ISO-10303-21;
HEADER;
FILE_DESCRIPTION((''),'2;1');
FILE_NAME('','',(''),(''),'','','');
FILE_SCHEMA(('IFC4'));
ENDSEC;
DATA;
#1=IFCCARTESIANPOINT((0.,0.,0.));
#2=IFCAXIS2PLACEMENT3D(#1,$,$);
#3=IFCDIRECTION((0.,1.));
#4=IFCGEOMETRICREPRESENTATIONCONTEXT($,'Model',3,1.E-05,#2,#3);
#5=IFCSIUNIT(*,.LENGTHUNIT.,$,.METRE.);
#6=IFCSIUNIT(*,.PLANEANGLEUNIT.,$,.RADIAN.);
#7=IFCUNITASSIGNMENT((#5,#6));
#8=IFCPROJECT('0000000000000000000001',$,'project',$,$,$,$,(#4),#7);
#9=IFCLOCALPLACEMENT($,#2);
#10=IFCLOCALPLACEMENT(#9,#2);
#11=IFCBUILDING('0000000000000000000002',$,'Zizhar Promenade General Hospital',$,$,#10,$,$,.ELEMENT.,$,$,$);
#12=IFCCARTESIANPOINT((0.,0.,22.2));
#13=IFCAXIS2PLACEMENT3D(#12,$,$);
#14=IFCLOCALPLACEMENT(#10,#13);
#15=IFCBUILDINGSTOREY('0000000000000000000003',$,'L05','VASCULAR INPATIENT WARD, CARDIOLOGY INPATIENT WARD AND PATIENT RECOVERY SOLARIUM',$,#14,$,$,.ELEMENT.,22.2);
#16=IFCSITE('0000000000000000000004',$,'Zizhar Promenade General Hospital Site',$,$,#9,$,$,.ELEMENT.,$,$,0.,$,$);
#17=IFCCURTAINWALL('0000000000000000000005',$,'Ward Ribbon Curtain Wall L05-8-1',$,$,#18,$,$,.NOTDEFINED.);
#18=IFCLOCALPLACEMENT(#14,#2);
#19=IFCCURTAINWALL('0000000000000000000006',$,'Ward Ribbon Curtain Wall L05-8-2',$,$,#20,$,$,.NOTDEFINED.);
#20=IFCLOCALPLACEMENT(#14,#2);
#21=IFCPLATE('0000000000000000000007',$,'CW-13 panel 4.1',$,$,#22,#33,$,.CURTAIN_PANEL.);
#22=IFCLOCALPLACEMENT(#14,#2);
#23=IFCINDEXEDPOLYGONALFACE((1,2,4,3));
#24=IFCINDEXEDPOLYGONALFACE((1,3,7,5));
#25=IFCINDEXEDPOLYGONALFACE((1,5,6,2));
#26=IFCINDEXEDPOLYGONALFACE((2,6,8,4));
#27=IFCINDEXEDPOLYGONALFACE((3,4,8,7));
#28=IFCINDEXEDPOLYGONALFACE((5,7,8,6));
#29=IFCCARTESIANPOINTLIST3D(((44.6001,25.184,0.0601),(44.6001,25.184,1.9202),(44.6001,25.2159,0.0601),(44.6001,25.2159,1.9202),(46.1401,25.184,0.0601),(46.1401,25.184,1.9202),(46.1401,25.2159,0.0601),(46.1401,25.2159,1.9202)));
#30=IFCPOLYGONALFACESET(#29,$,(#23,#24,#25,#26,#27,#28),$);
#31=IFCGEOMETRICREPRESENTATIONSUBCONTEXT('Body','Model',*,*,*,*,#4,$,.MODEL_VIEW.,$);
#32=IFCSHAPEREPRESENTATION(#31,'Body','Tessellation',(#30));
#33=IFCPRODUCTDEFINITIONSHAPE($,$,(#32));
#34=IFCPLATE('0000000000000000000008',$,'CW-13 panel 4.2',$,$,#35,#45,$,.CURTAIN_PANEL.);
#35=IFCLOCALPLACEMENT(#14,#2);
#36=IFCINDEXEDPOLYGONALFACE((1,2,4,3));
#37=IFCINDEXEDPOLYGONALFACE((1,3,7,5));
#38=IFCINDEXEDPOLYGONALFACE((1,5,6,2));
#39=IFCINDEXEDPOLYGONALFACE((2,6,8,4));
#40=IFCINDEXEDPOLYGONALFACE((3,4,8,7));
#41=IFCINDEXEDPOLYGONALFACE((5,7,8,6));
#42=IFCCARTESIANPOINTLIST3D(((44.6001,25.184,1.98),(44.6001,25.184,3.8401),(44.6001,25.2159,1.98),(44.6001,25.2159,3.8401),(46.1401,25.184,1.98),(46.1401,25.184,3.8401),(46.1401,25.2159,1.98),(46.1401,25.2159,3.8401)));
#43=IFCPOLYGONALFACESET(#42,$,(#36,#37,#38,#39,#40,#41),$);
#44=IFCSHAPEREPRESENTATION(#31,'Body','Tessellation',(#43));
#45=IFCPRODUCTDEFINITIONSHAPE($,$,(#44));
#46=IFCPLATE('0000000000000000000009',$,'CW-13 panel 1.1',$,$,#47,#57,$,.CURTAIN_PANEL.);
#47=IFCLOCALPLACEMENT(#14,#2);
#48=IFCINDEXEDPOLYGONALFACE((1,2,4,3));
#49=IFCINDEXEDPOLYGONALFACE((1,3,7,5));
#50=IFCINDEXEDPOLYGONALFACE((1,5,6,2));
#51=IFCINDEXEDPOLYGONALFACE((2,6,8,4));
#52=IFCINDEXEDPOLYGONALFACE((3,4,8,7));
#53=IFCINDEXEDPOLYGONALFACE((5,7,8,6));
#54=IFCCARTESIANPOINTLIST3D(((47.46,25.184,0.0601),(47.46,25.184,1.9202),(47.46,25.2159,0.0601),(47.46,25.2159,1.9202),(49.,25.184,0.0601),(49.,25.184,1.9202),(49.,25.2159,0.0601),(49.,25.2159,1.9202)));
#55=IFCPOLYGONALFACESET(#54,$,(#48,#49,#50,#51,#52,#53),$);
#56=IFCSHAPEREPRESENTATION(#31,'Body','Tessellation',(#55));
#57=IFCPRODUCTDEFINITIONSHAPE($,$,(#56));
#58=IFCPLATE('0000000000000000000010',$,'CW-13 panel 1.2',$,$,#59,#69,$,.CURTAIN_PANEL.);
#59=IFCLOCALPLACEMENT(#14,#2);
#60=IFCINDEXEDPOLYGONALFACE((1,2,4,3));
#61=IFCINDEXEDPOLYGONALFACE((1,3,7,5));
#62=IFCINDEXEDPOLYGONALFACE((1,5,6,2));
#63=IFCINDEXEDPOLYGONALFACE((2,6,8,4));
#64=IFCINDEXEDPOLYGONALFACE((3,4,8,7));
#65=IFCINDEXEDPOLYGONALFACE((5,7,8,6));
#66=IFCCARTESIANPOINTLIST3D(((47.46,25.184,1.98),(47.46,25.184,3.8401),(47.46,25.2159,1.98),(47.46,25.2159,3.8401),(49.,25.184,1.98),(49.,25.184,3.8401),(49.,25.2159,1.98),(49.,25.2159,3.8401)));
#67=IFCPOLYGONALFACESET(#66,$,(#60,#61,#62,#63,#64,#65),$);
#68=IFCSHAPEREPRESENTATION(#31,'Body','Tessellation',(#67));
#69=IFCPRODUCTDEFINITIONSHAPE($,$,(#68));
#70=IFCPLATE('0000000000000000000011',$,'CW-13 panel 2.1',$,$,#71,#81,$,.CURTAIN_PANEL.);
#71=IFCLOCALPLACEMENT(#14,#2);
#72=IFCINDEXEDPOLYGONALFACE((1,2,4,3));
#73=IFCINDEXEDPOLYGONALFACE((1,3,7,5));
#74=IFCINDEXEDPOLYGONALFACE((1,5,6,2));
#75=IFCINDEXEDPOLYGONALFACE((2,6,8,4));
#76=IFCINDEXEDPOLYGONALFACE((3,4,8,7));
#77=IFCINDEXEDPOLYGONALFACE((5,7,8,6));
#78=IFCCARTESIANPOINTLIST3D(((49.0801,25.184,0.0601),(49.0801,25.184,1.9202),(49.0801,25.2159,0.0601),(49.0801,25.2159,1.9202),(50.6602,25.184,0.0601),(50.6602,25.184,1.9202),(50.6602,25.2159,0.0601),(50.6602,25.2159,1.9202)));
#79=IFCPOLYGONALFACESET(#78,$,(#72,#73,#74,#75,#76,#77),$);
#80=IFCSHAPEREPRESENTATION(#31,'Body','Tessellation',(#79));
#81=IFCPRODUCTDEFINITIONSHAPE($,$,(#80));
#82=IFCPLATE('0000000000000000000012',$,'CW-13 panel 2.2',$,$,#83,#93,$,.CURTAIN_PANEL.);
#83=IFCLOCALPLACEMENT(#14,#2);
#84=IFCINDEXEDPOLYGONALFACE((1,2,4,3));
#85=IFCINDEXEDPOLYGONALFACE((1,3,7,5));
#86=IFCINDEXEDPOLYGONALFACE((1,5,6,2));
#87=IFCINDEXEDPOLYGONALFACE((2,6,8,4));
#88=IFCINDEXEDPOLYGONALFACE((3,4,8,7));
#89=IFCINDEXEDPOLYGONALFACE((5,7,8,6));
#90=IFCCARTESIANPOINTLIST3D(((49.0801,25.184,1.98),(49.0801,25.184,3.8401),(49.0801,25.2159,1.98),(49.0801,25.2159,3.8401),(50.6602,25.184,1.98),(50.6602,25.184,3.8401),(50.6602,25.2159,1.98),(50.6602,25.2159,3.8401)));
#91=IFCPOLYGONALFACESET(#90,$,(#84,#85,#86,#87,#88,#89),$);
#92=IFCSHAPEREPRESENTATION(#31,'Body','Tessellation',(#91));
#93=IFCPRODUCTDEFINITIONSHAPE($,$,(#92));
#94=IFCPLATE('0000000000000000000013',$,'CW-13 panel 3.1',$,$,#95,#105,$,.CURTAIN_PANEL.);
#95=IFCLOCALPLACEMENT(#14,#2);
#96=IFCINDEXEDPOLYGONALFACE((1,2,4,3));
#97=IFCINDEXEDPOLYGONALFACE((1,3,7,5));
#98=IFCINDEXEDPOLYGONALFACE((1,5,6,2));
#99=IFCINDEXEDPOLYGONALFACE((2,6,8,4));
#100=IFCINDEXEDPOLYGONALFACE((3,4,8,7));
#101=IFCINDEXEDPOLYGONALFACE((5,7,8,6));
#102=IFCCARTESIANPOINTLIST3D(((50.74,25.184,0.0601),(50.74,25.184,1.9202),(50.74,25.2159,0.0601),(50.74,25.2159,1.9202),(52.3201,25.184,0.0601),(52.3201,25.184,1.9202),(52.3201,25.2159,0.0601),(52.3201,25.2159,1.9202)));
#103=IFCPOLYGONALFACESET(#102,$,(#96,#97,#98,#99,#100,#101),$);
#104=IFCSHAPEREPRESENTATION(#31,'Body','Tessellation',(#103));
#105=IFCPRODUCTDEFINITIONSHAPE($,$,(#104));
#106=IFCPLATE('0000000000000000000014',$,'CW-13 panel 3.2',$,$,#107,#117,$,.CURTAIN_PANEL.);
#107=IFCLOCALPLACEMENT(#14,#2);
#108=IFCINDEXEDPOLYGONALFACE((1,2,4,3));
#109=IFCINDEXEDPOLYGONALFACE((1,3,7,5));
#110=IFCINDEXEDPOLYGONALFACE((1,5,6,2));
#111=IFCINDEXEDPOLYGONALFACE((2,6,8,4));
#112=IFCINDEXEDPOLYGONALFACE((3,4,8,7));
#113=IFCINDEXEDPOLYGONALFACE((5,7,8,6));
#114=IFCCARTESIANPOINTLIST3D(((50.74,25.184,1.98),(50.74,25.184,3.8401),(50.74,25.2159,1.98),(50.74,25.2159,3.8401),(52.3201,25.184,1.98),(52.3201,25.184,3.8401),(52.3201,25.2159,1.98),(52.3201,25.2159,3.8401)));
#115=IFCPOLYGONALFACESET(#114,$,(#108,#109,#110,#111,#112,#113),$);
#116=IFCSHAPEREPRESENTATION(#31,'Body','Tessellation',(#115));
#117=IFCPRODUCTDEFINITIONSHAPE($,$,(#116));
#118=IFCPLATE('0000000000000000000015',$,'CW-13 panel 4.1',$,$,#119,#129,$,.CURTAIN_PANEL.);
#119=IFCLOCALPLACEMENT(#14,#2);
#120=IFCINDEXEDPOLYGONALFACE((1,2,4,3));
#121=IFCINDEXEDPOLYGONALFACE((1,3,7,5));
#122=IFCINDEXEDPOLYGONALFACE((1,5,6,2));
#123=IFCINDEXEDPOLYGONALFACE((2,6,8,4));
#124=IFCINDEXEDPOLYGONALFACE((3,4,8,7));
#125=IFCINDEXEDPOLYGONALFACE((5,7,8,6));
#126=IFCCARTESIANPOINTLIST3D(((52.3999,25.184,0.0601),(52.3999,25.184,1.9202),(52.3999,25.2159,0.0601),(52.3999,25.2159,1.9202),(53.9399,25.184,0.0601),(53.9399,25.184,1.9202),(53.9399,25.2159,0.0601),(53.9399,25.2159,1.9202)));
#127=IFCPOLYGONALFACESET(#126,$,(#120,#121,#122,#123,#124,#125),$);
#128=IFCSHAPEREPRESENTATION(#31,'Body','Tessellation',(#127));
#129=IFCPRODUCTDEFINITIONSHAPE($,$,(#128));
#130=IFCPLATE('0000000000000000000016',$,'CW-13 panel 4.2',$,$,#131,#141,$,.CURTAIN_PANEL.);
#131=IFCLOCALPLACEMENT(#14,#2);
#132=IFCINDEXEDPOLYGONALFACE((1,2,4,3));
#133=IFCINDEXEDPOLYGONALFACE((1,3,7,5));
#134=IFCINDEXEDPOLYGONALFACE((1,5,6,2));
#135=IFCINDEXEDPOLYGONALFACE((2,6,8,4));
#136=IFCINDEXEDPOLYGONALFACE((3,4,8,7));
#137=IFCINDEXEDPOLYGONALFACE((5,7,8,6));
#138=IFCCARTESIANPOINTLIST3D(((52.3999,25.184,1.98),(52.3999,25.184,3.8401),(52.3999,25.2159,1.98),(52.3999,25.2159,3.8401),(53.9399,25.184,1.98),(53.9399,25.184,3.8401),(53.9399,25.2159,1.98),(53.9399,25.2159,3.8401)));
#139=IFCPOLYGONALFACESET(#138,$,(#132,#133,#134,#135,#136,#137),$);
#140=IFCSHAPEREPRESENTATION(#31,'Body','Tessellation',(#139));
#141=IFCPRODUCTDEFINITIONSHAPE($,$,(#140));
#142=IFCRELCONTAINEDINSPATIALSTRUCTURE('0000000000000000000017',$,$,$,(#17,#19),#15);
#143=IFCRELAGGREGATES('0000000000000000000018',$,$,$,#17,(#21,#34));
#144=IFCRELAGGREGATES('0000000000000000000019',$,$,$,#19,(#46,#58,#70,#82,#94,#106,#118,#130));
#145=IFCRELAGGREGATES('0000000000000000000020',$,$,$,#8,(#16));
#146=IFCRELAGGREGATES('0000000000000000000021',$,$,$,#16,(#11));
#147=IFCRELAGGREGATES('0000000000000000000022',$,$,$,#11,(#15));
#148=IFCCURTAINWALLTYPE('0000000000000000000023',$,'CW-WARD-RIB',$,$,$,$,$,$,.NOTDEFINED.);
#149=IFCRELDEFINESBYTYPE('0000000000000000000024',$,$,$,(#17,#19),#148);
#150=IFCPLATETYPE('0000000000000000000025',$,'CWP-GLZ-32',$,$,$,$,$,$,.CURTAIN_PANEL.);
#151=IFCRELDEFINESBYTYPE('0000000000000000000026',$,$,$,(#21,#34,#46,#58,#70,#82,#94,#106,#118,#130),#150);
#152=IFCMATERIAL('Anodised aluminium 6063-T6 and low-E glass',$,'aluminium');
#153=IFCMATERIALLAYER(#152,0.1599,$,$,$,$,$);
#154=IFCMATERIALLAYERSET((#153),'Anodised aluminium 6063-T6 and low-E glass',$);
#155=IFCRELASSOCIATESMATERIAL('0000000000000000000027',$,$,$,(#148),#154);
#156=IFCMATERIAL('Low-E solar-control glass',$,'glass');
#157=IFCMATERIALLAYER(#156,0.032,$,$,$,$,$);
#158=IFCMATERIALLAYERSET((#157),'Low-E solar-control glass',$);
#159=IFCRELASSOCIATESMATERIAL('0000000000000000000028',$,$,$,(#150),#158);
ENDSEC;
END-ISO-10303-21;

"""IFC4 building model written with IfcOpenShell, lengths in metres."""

from ifc_helpers import new_model, si_unit, direction, frame, origin, origin_2d, place, context, subcontext, project, spatial, rectangle, extrude, material, layer, layer_set, type_object, element, aggregate, save


model = new_model("IFC4")

# Units and contexts
model_context = context("Model", 3, precision=1e-05, world=origin(), true_north=direction((0.0, 1.0)))
body_context = subcontext(model_context, "Body", "Model", "MODEL_VIEW")
ifc_project = project(units=[si_unit("LENGTHUNIT", "METRE"), si_unit("PLANEANGLEUNIT", "RADIAN")], contexts=[model_context])

# Site, building, storey
site_placement = place(None, origin())
site = spatial("IfcSite", under=ifc_project, at=site_placement, Name="Zizhar Promenade General Hospital Site", CompositionType="ELEMENT", RefElevation=0.0)
building_placement = place(site_placement, origin())
building = spatial("IfcBuilding", under=site, at=building_placement, Name="Zizhar Promenade General Hospital", CompositionType="ELEMENT")
storey_placement = place(building_placement, frame((0.0, 0.0, 22.2)))
storey = spatial("IfcBuildingStorey", under=building, at=storey_placement, Name="L05", Description="VASCULAR INPATIENT WARD, CARDIOLOGY INPATIENT WARD AND PATIENT RECOVERY SOLARIUM", CompositionType="ELEMENT", Elevation=22.2)

# Curtain wall
ifc_material_1 = material(Name="Anodised aluminium 6063-T6 and low-E glass", Category="aluminium")
ifc_layer_1 = layer(ifc_material_1, 0.1599)
ifc_layer_set_1 = layer_set([ifc_layer_1], Name="Anodised aluminium 6063-T6 and low-E glass")
curtain_wall_type = type_object("IfcCurtainWallType", Name="CW-WARD-RIB", PredefinedType="NOTDEFINED", material=ifc_layer_set_1)
curtain_wall_1_placement = place(storey_placement, origin())
curtain_wall_1 = element("IfcCurtainWall", 1, at=curtain_wall_1_placement, inside=storey, type_object=curtain_wall_type, Name="Ward Ribbon Curtain Wall L05-8-1", PredefinedType="NOTDEFINED")

# Curtain wall
curtain_wall_2_placement = place(storey_placement, origin())
curtain_wall_2 = element("IfcCurtainWall", 2, at=curtain_wall_2_placement, inside=storey, type_object=curtain_wall_type, Name="Ward Ribbon Curtain Wall L05-8-2", PredefinedType="NOTDEFINED")

# Plates
ifc_material_2 = material(Name="Low-E solar-control glass", Category="glass")
ifc_layer_2 = layer(ifc_material_2, 0.032)
ifc_layer_set_2 = layer_set([ifc_layer_2], Name="Low-E solar-control glass")
plate_type = type_object("IfcPlateType", Name="CWP-GLZ-32", PredefinedType="CURTAIN_PANEL", material=ifc_layer_set_2)
plate_1_placement = place(storey_placement, frame((45.3701, 25.2, 0.0601), z_axis=(0.0, 0.0, 1.0), x_axis=(1.0, 0.0, 0.0)))
plate_1 = element("IfcPlate", 3, at=plate_1_placement, type_object=plate_type, Name="CW-13 panel 4.1", PredefinedType="CURTAIN_PANEL", context=body_context, shape_type="SweptSolid", body=[
    extrude(rectangle(XDim=1.54, YDim=0.032, at=origin_2d()), origin(), (0.0, 0.0, 1.0), 1.8601),
])
plate_2_placement = place(storey_placement, frame((45.3701, 25.2, 1.98), z_axis=(0.0, 0.0, 1.0), x_axis=(1.0, 0.0, 0.0)))
plate_2 = element("IfcPlate", 4, at=plate_2_placement, type_object=plate_type, Name="CW-13 panel 4.2", PredefinedType="CURTAIN_PANEL", context=body_context, shape_type="SweptSolid", body=[
    extrude(rectangle(XDim=1.54, YDim=0.032, at=origin_2d()), origin(), (0.0, 0.0, 1.0), 1.8601),
])
aggregate(curtain_wall_1, [plate_1, plate_2])
plate_3_placement = place(storey_placement, frame((48.23, 25.2, 0.0601), z_axis=(0.0, 0.0, 1.0), x_axis=(1.0, 0.0, 0.0)))
plate_3 = element("IfcPlate", 5, at=plate_3_placement, type_object=plate_type, Name="CW-13 panel 1.1", PredefinedType="CURTAIN_PANEL", context=body_context, shape_type="SweptSolid", body=[
    extrude(rectangle(XDim=1.54, YDim=0.032, at=origin_2d()), origin(), (0.0, 0.0, 1.0), 1.8601),
])
plate_4_placement = place(storey_placement, frame((48.23, 25.2, 1.98), z_axis=(0.0, 0.0, 1.0), x_axis=(1.0, 0.0, 0.0)))
plate_4 = element("IfcPlate", 6, at=plate_4_placement, type_object=plate_type, Name="CW-13 panel 1.2", PredefinedType="CURTAIN_PANEL", context=body_context, shape_type="SweptSolid", body=[
    extrude(rectangle(XDim=1.54, YDim=0.032, at=origin_2d()), origin(), (0.0, 0.0, 1.0), 1.8601),
])
plate_5_placement = place(storey_placement, frame((49.8701, 25.2, 0.0601), z_axis=(0.0, 0.0, 1.0), x_axis=(1.0, 0.0, 0.0)))
plate_5 = element("IfcPlate", 7, at=plate_5_placement, type_object=plate_type, Name="CW-13 panel 2.1", PredefinedType="CURTAIN_PANEL", context=body_context, shape_type="SweptSolid", body=[
    extrude(rectangle(XDim=1.5801, YDim=0.032, at=origin_2d()), origin(), (0.0, 0.0, 1.0), 1.8601),
])
plate_6_placement = place(storey_placement, frame((49.8701, 25.2, 1.98), z_axis=(0.0, 0.0, 1.0), x_axis=(1.0, 0.0, 0.0)))
plate_6 = element("IfcPlate", 8, at=plate_6_placement, type_object=plate_type, Name="CW-13 panel 2.2", PredefinedType="CURTAIN_PANEL", context=body_context, shape_type="SweptSolid", body=[
    extrude(rectangle(XDim=1.5801, YDim=0.032, at=origin_2d()), origin(), (0.0, 0.0, 1.0), 1.8601),
])
plate_7_placement = place(storey_placement, frame((51.53, 25.2, 0.0601), z_axis=(0.0, 0.0, 1.0), x_axis=(1.0, 0.0, 0.0)))
plate_7 = element("IfcPlate", 9, at=plate_7_placement, type_object=plate_type, Name="CW-13 panel 3.1", PredefinedType="CURTAIN_PANEL", context=body_context, shape_type="SweptSolid", body=[
    extrude(rectangle(XDim=1.5801, YDim=0.032, at=origin_2d()), origin(), (0.0, 0.0, 1.0), 1.8601),
])
plate_8_placement = place(storey_placement, frame((51.53, 25.2, 1.98), z_axis=(0.0, 0.0, 1.0), x_axis=(1.0, 0.0, 0.0)))
plate_8 = element("IfcPlate", 10, at=plate_8_placement, type_object=plate_type, Name="CW-13 panel 3.2", PredefinedType="CURTAIN_PANEL", context=body_context, shape_type="SweptSolid", body=[
    extrude(rectangle(XDim=1.5801, YDim=0.032, at=origin_2d()), origin(), (0.0, 0.0, 1.0), 1.8601),
])
plate_9_placement = place(storey_placement, frame((53.1699, 25.2, 0.0601), z_axis=(0.0, 0.0, 1.0), x_axis=(1.0, 0.0, 0.0)))
plate_9 = element("IfcPlate", 11, at=plate_9_placement, type_object=plate_type, Name="CW-13 panel 4.1", PredefinedType="CURTAIN_PANEL", context=body_context, shape_type="SweptSolid", body=[
    extrude(rectangle(XDim=1.54, YDim=0.032, at=origin_2d()), origin(), (0.0, 0.0, 1.0), 1.8601),
])
plate_10_placement = place(storey_placement, frame((53.1699, 25.2, 1.98), z_axis=(0.0, 0.0, 1.0), x_axis=(1.0, 0.0, 0.0)))
plate_10 = element("IfcPlate", 12, at=plate_10_placement, type_object=plate_type, Name="CW-13 panel 4.2", PredefinedType="CURTAIN_PANEL", context=body_context, shape_type="SweptSolid", body=[
    extrude(rectangle(XDim=1.54, YDim=0.032, at=origin_2d()), origin(), (0.0, 0.0, 1.0), 1.8601),
])
aggregate(curtain_wall_2, [plate_3, plate_4, plate_5, plate_6, plate_7, plate_8, plate_9, plate_10])

save(model, "model.ifc")
